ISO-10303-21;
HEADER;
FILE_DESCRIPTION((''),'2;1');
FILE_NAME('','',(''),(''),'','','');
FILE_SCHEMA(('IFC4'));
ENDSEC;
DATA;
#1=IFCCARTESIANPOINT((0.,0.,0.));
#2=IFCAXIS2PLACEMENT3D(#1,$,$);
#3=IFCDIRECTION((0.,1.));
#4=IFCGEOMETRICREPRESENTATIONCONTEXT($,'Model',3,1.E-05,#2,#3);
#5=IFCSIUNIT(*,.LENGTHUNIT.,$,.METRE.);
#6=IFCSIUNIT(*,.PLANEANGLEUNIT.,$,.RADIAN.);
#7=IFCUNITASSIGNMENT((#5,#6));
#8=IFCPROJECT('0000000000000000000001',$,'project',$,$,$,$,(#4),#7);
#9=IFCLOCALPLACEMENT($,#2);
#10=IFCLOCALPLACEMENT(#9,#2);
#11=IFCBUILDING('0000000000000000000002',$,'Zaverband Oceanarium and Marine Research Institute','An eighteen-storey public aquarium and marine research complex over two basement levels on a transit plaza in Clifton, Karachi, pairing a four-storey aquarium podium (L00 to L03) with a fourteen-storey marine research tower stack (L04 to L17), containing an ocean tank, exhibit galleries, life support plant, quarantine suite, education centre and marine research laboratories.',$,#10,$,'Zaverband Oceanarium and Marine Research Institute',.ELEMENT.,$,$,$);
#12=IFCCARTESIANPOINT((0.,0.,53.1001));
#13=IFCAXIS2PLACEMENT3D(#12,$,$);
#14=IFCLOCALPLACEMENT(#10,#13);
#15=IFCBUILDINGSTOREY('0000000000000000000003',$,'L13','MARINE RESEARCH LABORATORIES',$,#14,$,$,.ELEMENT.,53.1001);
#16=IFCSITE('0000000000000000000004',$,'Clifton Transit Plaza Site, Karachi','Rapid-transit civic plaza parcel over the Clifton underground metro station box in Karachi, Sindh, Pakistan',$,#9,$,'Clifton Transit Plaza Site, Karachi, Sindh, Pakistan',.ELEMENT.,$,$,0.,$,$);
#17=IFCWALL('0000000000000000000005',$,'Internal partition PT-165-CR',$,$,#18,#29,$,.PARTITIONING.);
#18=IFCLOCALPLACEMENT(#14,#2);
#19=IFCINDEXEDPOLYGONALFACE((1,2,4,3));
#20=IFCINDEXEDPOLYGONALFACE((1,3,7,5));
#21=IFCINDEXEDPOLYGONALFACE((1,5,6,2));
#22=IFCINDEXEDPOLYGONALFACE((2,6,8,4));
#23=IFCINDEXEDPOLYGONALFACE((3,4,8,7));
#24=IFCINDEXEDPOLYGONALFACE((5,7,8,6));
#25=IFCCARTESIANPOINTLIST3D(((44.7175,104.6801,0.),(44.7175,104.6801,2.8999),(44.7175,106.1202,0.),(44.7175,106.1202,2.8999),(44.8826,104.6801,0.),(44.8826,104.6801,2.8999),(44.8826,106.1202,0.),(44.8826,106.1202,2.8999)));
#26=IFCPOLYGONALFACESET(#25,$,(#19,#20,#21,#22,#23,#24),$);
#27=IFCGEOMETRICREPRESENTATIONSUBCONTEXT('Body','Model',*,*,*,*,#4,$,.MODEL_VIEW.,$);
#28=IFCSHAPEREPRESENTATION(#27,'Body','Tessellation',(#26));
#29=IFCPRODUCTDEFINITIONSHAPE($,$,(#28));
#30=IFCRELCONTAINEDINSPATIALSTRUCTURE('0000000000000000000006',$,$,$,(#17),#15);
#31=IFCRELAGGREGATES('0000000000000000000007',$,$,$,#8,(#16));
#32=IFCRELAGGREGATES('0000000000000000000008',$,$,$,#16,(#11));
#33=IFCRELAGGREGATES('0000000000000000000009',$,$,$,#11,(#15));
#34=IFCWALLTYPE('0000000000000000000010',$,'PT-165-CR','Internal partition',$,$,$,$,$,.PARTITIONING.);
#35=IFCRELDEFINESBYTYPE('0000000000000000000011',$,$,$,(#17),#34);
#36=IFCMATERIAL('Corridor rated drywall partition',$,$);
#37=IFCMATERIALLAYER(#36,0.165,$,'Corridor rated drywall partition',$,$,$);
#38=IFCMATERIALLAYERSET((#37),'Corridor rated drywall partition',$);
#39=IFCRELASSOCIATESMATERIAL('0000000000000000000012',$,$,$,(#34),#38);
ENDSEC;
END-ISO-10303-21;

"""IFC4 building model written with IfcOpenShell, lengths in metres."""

from ifc_helpers import new_model, si_unit, direction, frame, frame_2d, origin, place, context, subcontext, project, spatial, rectangle, extrude, material, layer, layer_set, type_object, element, save


model = new_model("IFC4")

# Units and contexts
model_context = context("Model", 3, precision=1e-05, world=origin(), true_north=direction((0.0, 1.0)))
body_context = subcontext(model_context, "Body", "Model", "MODEL_VIEW")
ifc_project = project(units=[si_unit("LENGTHUNIT", "METRE"), si_unit("PLANEANGLEUNIT", "RADIAN")], contexts=[model_context])

# Site, building, storey
site_placement = place(None, origin())
site = spatial("IfcSite", under=ifc_project, at=site_placement, Name="Clifton Transit Plaza Site, Karachi", Description="Rapid-transit civic plaza parcel over the Clifton underground metro station box in Karachi, Sindh, Pakistan", LongName="Clifton Transit Plaza Site, Karachi, Sindh, Pakistan", CompositionType="ELEMENT", RefElevation=0.0)
building_placement = place(site_placement, origin())
building = spatial("IfcBuilding", under=site, at=building_placement, Name="Zaverband Oceanarium and Marine Research Institute", Description="An eighteen-storey public aquarium and marine research complex over two basement levels on a transit plaza in Clifton, Karachi, pairing a four-storey aquarium podium (L00 to L03) with a fourteen-storey marine research tower stack (L04 to L17), containing an ocean tank, exhibit galleries, life support plant, quarantine suite, education centre and marine research laboratories.", LongName="Zaverband Oceanarium and Marine Research Institute", CompositionType="ELEMENT")
storey_placement = place(building_placement, frame((0.0, 0.0, 53.1001)))
storey = spatial("IfcBuildingStorey", under=building, at=storey_placement, Name="L13", Description="MARINE RESEARCH LABORATORIES", CompositionType="ELEMENT", Elevation=53.1001)

# Wall
ifc_material_1 = material(Name="Corridor rated drywall partition")
ifc_layer_1 = layer(ifc_material_1, 0.165, Name="Corridor rated drywall partition")
ifc_layer_set_1 = layer_set([ifc_layer_1], Name="Corridor rated drywall partition")
wall_type_1 = type_object("IfcWallType", Name="PT-165-CR", Description="Internal partition", PredefinedType="PARTITIONING", material=ifc_layer_set_1)
wall_1_placement = place(storey_placement, frame((44.8, 104.6799, 0.0), z_axis=(0.0, 0.0, 1.0), x_axis=(0.0, 1.0, 0.0)))
element("IfcWall", 1, at=wall_1_placement, inside=storey, type_object=wall_type_1, Name="Internal partition PT-165-CR", PredefinedType="PARTITIONING", context=body_context, shape_type="SweptSolid", body=[
    extrude(rectangle(XDim=1.4402, YDim=0.165, at=frame_2d((0.7202, 0.0))), origin(), (0.0, 0.0, 1.0), 2.8999),
])

save(model, "model.ifc")
